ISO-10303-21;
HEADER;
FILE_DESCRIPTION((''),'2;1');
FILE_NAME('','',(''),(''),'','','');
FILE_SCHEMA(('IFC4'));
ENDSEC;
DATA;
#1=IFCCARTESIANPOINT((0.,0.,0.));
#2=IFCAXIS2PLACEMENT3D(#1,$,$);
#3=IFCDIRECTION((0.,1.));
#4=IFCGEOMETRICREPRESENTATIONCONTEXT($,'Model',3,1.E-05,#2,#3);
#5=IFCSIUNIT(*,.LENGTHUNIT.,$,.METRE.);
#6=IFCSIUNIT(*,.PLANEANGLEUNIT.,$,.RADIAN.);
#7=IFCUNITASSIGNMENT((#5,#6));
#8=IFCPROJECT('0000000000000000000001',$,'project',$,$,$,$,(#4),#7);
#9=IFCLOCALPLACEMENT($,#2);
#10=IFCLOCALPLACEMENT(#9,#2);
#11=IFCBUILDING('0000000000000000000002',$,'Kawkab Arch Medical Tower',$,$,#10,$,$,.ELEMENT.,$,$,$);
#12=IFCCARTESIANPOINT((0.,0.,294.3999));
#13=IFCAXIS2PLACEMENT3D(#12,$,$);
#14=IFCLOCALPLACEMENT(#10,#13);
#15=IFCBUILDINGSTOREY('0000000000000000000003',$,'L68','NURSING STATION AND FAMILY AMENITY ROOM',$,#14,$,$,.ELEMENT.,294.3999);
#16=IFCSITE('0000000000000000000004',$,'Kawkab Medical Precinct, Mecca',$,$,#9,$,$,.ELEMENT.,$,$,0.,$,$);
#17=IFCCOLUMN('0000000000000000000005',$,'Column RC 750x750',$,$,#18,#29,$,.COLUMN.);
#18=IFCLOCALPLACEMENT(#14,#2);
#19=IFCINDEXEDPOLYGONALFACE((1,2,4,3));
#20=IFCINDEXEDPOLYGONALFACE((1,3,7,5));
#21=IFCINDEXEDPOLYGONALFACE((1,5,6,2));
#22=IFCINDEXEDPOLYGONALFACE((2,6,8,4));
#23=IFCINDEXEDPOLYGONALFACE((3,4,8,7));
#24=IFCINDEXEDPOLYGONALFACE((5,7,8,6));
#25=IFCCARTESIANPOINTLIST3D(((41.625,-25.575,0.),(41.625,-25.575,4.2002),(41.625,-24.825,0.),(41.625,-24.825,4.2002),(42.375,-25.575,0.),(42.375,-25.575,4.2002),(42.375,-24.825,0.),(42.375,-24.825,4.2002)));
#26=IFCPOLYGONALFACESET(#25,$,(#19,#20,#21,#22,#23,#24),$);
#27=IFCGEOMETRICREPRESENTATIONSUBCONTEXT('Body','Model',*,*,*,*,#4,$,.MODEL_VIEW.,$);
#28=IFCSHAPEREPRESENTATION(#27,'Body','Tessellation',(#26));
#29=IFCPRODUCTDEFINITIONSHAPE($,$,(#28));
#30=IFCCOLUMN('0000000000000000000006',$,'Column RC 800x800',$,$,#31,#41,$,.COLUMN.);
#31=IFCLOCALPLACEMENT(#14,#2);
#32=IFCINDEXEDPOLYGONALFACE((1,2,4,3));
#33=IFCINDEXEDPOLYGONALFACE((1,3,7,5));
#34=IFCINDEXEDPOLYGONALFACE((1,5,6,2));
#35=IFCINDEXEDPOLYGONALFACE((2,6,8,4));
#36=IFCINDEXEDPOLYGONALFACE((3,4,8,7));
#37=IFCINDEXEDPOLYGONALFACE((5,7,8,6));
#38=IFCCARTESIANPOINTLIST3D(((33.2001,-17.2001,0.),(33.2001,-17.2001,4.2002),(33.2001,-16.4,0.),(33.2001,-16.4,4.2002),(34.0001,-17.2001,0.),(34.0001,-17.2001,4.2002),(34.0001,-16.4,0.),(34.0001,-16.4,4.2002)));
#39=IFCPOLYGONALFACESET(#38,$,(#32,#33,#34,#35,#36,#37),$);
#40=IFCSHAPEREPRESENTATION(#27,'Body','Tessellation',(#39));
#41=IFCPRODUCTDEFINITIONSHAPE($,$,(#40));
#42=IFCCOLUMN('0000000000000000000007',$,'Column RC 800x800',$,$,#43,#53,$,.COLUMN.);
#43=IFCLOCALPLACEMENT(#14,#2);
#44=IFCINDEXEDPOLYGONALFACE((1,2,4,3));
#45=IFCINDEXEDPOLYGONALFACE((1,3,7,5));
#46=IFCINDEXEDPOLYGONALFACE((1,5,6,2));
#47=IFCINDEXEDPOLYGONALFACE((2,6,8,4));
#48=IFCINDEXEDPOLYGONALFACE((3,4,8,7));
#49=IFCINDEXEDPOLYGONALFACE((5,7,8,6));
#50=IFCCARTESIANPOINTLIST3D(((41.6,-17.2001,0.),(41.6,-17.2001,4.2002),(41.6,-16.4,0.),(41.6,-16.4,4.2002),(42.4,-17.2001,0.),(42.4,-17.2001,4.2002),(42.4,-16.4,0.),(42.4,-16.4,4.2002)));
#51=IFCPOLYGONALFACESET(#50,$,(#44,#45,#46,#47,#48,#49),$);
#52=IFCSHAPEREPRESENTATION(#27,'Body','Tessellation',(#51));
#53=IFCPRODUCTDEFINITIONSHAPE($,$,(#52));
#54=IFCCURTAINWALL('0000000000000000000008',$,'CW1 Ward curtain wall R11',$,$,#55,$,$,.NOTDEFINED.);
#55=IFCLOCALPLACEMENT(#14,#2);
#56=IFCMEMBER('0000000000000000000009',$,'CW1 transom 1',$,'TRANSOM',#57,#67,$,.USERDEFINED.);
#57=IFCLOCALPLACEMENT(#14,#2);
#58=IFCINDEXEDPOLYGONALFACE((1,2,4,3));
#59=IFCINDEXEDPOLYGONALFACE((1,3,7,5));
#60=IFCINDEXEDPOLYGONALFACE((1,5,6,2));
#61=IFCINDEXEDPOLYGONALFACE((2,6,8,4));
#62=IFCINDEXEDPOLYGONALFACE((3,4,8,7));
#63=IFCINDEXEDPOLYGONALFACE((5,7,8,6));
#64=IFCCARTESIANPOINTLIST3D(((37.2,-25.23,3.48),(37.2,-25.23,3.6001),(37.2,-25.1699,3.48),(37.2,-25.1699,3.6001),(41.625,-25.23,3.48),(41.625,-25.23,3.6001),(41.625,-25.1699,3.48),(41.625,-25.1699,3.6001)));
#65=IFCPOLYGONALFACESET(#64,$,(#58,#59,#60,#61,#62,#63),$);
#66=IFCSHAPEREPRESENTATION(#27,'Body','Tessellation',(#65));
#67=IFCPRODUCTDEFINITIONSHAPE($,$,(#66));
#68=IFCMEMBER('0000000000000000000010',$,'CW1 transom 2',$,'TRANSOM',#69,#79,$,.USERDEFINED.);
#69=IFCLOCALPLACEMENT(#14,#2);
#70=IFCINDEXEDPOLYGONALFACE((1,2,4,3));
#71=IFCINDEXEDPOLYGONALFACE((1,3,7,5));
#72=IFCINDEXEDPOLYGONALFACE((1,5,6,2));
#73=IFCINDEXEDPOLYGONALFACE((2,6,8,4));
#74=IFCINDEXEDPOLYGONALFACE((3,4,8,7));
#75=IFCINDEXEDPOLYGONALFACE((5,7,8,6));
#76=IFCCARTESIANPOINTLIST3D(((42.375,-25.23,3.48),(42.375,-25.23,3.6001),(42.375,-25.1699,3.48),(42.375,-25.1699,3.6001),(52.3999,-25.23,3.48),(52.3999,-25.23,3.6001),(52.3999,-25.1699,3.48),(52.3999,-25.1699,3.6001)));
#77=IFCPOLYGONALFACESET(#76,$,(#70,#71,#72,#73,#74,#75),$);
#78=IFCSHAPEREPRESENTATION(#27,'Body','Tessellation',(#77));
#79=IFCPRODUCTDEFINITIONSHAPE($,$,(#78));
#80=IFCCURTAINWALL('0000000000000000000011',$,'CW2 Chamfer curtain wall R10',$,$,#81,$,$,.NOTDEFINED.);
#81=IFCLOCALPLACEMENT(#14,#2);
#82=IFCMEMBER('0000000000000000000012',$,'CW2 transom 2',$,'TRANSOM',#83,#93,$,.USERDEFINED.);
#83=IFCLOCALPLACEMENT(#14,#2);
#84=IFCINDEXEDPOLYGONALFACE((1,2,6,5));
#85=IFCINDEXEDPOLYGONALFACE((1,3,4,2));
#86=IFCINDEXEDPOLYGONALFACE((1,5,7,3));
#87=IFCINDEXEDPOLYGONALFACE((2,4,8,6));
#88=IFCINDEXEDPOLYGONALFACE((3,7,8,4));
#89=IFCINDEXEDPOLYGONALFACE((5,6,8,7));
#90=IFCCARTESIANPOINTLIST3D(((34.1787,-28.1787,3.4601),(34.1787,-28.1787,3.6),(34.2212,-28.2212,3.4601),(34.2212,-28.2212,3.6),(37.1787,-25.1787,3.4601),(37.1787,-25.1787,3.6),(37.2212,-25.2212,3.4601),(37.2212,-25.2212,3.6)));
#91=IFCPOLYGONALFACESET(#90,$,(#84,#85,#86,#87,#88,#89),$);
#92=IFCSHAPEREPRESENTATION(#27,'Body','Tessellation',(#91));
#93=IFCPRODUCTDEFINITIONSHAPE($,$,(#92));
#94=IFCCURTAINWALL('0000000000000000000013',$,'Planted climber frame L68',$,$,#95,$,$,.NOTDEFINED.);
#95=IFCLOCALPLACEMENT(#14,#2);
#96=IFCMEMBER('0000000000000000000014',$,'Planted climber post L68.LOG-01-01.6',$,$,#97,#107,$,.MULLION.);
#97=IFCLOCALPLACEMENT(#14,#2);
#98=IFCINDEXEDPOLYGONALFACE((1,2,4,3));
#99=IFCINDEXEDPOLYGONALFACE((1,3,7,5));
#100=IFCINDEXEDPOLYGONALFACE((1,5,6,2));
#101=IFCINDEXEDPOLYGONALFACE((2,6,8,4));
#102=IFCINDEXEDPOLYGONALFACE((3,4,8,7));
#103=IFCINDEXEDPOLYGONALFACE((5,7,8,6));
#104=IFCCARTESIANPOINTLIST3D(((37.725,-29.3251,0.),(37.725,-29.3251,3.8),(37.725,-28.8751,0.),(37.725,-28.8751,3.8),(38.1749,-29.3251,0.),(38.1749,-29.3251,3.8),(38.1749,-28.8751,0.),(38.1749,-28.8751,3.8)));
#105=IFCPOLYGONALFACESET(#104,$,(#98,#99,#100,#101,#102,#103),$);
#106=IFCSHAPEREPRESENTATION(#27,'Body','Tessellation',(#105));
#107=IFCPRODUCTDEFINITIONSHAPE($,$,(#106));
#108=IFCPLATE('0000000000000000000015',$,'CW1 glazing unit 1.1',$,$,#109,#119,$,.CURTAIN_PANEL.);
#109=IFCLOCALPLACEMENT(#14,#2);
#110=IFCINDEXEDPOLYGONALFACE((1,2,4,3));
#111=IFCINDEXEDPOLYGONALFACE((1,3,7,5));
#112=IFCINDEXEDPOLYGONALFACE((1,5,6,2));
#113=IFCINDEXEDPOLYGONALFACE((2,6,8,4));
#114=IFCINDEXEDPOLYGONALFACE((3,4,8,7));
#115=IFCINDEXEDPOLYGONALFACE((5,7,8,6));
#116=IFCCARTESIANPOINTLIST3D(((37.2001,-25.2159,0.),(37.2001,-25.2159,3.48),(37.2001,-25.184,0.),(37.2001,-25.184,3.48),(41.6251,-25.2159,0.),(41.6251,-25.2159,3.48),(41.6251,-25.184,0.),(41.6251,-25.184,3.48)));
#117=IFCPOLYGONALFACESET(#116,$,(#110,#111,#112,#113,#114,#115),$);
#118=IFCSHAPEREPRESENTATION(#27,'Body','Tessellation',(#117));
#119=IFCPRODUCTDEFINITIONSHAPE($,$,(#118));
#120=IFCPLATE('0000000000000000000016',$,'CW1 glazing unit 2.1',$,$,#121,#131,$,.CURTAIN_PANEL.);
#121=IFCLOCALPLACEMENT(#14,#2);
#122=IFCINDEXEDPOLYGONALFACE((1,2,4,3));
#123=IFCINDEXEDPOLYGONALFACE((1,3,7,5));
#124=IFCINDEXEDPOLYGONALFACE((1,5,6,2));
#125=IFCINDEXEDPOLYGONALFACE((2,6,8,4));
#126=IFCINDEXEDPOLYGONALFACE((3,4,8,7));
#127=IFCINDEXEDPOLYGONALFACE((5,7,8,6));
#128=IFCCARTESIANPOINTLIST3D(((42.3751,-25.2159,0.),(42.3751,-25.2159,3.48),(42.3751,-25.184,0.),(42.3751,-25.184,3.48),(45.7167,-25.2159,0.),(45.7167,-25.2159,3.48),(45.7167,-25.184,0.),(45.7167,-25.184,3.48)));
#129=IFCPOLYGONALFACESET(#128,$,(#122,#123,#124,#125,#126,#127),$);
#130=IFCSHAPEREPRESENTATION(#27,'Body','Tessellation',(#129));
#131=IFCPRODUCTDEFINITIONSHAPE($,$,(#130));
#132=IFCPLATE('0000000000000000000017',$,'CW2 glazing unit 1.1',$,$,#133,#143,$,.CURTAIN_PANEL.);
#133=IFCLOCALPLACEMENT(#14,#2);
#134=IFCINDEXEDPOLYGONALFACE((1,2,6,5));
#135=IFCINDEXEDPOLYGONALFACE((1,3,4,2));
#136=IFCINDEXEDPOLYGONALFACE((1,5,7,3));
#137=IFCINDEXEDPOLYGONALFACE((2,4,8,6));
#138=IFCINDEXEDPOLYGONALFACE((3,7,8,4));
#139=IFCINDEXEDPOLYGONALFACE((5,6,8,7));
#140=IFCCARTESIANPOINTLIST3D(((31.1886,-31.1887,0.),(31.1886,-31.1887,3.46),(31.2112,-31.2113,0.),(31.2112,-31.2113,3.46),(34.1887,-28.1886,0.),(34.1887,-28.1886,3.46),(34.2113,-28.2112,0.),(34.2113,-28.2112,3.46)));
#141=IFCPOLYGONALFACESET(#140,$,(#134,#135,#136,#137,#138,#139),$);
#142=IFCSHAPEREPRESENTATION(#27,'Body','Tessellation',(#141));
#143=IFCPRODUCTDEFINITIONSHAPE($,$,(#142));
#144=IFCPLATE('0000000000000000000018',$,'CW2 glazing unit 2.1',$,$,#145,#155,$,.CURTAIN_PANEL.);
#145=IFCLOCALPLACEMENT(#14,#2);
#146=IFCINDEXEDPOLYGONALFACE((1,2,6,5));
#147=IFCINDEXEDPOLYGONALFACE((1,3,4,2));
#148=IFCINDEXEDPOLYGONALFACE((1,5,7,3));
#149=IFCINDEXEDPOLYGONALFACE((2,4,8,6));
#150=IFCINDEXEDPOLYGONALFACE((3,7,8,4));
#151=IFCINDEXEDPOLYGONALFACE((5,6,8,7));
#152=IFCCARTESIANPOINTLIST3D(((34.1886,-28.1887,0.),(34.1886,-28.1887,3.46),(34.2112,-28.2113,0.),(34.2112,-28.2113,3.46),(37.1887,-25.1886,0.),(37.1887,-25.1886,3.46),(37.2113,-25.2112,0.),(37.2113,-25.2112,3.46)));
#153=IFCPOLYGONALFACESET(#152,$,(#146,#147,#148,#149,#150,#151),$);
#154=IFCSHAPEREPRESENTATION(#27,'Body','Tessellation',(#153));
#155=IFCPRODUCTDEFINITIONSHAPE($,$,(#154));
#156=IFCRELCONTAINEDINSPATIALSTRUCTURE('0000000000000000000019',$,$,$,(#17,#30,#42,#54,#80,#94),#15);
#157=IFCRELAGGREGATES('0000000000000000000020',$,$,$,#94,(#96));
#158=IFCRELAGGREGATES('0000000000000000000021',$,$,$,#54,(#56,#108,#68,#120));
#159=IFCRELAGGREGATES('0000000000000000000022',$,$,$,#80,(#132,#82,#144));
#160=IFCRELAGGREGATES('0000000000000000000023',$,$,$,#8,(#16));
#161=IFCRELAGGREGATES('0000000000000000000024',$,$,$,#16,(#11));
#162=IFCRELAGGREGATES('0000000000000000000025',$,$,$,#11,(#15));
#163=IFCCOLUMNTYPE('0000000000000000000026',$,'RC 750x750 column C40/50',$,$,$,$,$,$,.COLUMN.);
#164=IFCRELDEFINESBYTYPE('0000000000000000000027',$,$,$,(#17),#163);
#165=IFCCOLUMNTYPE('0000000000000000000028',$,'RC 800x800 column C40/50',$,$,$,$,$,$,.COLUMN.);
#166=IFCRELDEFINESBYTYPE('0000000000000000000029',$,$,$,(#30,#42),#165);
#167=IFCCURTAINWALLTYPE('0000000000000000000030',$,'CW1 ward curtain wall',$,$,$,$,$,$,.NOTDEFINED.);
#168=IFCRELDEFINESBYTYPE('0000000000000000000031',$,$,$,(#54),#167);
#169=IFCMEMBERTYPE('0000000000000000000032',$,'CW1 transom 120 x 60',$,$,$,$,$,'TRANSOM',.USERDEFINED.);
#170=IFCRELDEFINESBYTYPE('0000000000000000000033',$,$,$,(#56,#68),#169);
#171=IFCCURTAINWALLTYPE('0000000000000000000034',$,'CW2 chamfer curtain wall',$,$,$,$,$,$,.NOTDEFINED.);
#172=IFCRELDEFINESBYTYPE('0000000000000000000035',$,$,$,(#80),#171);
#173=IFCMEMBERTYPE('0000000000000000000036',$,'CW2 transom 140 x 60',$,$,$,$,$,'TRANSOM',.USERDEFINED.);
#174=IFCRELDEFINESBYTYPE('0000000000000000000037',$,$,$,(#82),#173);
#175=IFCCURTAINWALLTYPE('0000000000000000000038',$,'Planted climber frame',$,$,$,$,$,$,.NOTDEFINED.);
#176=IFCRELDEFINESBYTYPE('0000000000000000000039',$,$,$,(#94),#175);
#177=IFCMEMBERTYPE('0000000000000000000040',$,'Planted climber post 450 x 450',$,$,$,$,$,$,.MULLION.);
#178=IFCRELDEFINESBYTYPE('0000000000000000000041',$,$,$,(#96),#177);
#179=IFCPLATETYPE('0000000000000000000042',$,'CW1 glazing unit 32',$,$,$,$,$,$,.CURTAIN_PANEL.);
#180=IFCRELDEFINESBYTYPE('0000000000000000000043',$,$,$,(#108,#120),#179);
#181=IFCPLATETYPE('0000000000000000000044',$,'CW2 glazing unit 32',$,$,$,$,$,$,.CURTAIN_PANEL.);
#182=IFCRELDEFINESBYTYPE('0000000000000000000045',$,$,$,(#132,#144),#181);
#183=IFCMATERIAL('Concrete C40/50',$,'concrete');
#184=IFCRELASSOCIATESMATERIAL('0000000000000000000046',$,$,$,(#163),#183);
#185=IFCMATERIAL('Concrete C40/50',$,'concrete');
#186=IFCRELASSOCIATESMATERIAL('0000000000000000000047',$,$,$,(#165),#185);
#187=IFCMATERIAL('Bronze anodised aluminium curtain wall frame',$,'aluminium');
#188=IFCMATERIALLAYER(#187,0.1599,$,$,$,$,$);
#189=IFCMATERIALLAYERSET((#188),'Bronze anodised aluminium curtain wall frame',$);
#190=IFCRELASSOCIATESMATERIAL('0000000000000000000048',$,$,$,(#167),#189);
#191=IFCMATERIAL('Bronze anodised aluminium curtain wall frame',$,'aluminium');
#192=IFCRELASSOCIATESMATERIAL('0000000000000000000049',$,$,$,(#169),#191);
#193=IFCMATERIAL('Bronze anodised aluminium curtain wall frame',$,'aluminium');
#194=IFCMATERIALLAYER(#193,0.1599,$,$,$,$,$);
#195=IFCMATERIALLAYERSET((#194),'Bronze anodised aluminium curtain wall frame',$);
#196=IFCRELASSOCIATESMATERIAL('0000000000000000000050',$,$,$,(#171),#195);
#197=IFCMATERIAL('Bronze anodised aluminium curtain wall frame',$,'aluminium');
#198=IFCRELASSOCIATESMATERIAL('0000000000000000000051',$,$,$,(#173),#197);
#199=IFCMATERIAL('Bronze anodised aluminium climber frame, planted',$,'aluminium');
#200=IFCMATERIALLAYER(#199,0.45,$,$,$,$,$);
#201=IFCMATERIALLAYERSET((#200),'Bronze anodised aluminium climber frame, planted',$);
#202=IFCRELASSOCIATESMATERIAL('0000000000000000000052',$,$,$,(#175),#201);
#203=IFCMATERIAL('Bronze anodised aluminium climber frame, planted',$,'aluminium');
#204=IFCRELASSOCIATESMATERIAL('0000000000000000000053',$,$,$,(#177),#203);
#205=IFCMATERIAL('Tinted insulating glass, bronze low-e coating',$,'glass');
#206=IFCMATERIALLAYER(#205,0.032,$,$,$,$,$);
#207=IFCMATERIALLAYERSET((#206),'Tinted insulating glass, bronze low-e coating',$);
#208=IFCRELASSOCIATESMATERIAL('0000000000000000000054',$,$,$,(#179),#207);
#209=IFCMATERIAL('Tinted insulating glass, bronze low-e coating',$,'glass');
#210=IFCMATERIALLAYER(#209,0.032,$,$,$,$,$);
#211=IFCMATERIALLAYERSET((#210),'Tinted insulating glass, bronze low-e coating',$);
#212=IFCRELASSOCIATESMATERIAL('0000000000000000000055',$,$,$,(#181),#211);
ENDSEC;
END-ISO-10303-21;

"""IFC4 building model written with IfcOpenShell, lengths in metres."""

from ifc_helpers import new_model, si_unit, direction, frame, origin, origin_2d, place, context, subcontext, project, spatial, rectangle, extrude, material, layer, layer_set, material_profile, profile_set, type_object, element, aggregate, save


model = new_model("IFC4")

# Units and contexts
model_context = context("Model", 3, precision=1e-05, world=origin(), true_north=direction((0.0, 1.0)))
body_context = subcontext(model_context, "Body", "Model", "MODEL_VIEW")
ifc_project = project(units=[si_unit("LENGTHUNIT", "METRE"), si_unit("PLANEANGLEUNIT", "RADIAN")], contexts=[model_context])

# Site, building, storey
site_placement = place(None, origin())
site = spatial("IfcSite", under=ifc_project, at=site_placement, Name="Kawkab Medical Precinct, Mecca", CompositionType="ELEMENT", RefElevation=0.0)
building_placement = place(site_placement, origin())
building = spatial("IfcBuilding", under=site, at=building_placement, Name="Kawkab Arch Medical Tower", CompositionType="ELEMENT")
storey_placement = place(building_placement, frame((0.0, 0.0, 294.3999)))
storey = spatial("IfcBuildingStorey", under=building, at=storey_placement, Name="L68", Description="NURSING STATION AND FAMILY AMENITY ROOM", CompositionType="ELEMENT", Elevation=294.3999)

# Columns
ifc_material_1 = material(Name="Concrete C40/50", Category="concrete")
ifc_material_profile_1 = material_profile(ifc_material_1, rectangle(XDim=0.75, YDim=0.75, at=origin_2d()), Name="RC 750x750")
ifc_profile_set_1 = profile_set([ifc_material_profile_1], Name="Concrete C40/50")
column_type_1 = type_object("IfcColumnType", Name="RC 750x750 column C40/50", PredefinedType="COLUMN", material=ifc_profile_set_1)
column_placement = place(storey_placement, frame((42.0, -25.2, 0.0), z_axis=(0.0, 0.0, 1.0), x_axis=(1.0, 0.0, 0.0)))
element("IfcColumn", 1, at=column_placement, inside=storey, type_object=column_type_1, Name="Column RC 750x750", PredefinedType="COLUMN", context=body_context, shape_type="SweptSolid", body=[
    extrude(rectangle(XDim=0.75, YDim=0.75, at=origin_2d()), origin(), (0.0, 0.0, 1.0), 4.2002),
])
ifc_material_2 = material(Name="Concrete C40/50", Category="concrete")
ifc_material_profile_2 = material_profile(ifc_material_2, rectangle(XDim=0.8, YDim=0.8, at=origin_2d()), Name="RC 800x800")
ifc_profile_set_2 = profile_set([ifc_material_profile_2], Name="Concrete C40/50")
column_type_2 = type_object("IfcColumnType", Name="RC 800x800 column C40/50", PredefinedType="COLUMN", material=ifc_profile_set_2)
for number, where, z_axis, x_axis, name in (
    (2, (33.6001, -16.8, 0.0), (0.0, 0.0, 1.0), (1.0, 0.0, 0.0), "Column RC 800x800"),
    (3, (42.0, -16.8, 0.0), (0.0, 0.0, 1.0), (1.0, 0.0, 0.0), "Column RC 800x800"),
):
    element("IfcColumn", number, at=place(storey_placement, frame(where, z_axis=z_axis, x_axis=x_axis)), inside=storey, type_object=column_type_2, Name=name, PredefinedType="COLUMN", context=body_context, shape_type="SweptSolid", body=[
        extrude(rectangle(XDim=0.8, YDim=0.8, at=origin_2d()), origin(), (0.0, 0.0, 1.0), 4.2002),
    ])

# Curtain wall, members
ifc_material_3 = material(Name="Bronze anodised aluminium curtain wall frame", Category="aluminium")
ifc_layer_1 = layer(ifc_material_3, 0.1599)
ifc_layer_set_1 = layer_set([ifc_layer_1], Name="Bronze anodised aluminium curtain wall frame")
curtain_wall_type_1 = type_object("IfcCurtainWallType", Name="CW1 ward curtain wall", PredefinedType="NOTDEFINED", material=ifc_layer_set_1)
placement = place(storey_placement, origin())
curtain_wall_1 = element("IfcCurtainWall", 4, at=placement, inside=storey, type_object=curtain_wall_type_1, Name="CW1 Ward curtain wall R11", PredefinedType="NOTDEFINED")
ifc_material_4 = material(Name="Bronze anodised aluminium curtain wall frame", Category="aluminium")
ifc_material_profile_3 = material_profile(ifc_material_4, rectangle(XDim=0.0601, YDim=0.1201, at=origin_2d()), Name="AL 60x120")
ifc_profile_set_3 = profile_set([ifc_material_profile_3], Name="Bronze anodised aluminium curtain wall frame")
member_type_1 = type_object("IfcMemberType", Name="CW1 transom 120 x 60", ElementType="TRANSOM", PredefinedType="USERDEFINED", material=ifc_profile_set_3)
member_1_placement = place(storey_placement, frame((37.2, -25.2, 3.54), z_axis=(1.0, 0.0, 0.0), x_axis=(0.0, 1.0, 0.0)))
member_1 = element("IfcMember", 5, at=member_1_placement, type_object=member_type_1, Name="CW1 transom 1", ObjectType="TRANSOM", PredefinedType="USERDEFINED", context=body_context, shape_type="SweptSolid", body=[
    extrude(rectangle(XDim=0.0601, YDim=0.1201, at=origin_2d()), origin(), (0.0, 0.0, 1.0), 4.425),
])
member_2_placement = place(storey_placement, frame((42.375, -25.2, 3.54), z_axis=(1.0, 0.0, 0.0), x_axis=(0.0, 1.0, 0.0)))
member_2 = element("IfcMember", 6, at=member_2_placement, type_object=member_type_1, Name="CW1 transom 2", ObjectType="TRANSOM", PredefinedType="USERDEFINED", context=body_context, shape_type="SweptSolid", body=[
    extrude(rectangle(XDim=0.0601, YDim=0.1201, at=origin_2d()), origin(), (0.0, 0.0, 1.0), 10.0249),
])

# Curtain walls, members
ifc_material_5 = material(Name="Bronze anodised aluminium curtain wall frame", Category="aluminium")
ifc_layer_2 = layer(ifc_material_5, 0.1599)
ifc_layer_set_2 = layer_set([ifc_layer_2], Name="Bronze anodised aluminium curtain wall frame")
curtain_wall_type_2 = type_object("IfcCurtainWallType", Name="CW2 chamfer curtain wall", PredefinedType="NOTDEFINED", material=ifc_layer_set_2)
curtain_wall_2 = element("IfcCurtainWall", 7, at=placement, inside=storey, type_object=curtain_wall_type_2, Name="CW2 Chamfer curtain wall R10", PredefinedType="NOTDEFINED")
ifc_material_6 = material(Name="Bronze anodised aluminium curtain wall frame", Category="aluminium")
ifc_material_profile_4 = material_profile(ifc_material_6, rectangle(XDim=0.0601, YDim=0.1399, at=origin_2d()), Name="AL 60x140")
ifc_profile_set_4 = profile_set([ifc_material_profile_4], Name="Bronze anodised aluminium curtain wall frame")
member_type_2 = type_object("IfcMemberType", Name="CW2 transom 140 x 60", ElementType="TRANSOM", PredefinedType="USERDEFINED", material=ifc_profile_set_4)
member_3_placement = place(storey_placement, frame((34.2, -28.2, 3.53), z_axis=(0.707107, 0.707107, 0.0), x_axis=(-0.707107, 0.707107, 0.0)))
member_3 = element("IfcMember", 8, at=member_3_placement, type_object=member_type_2, Name="CW2 transom 2", ObjectType="TRANSOM", PredefinedType="USERDEFINED", context=body_context, shape_type="SweptSolid", body=[
    extrude(rectangle(XDim=0.0601, YDim=0.1399, at=origin_2d()), origin(), (0.0, 0.0, 1.0), 4.2427),
])
ifc_material_7 = material(Name="Bronze anodised aluminium climber frame, planted", Category="aluminium")
ifc_layer_3 = layer(ifc_material_7, 0.45)
ifc_layer_set_3 = layer_set([ifc_layer_3], Name="Bronze anodised aluminium climber frame, planted")
curtain_wall_type_3 = type_object("IfcCurtainWallType", Name="Planted climber frame", PredefinedType="NOTDEFINED", material=ifc_layer_set_3)
curtain_wall_3 = element("IfcCurtainWall", 9, at=placement, inside=storey, type_object=curtain_wall_type_3, Name="Planted climber frame L68", PredefinedType="NOTDEFINED")
ifc_material_8 = material(Name="Bronze anodised aluminium climber frame, planted", Category="aluminium")
ifc_material_profile_5 = material_profile(ifc_material_8, rectangle(XDim=0.45, YDim=0.45, at=origin_2d()), Name="Post 450x450")
ifc_profile_set_5 = profile_set([ifc_material_profile_5], Name="Bronze anodised aluminium climber frame, planted")
member_type_3 = type_object("IfcMemberType", Name="Planted climber post 450 x 450", PredefinedType="MULLION", material=ifc_profile_set_5)
member_4_placement = place(storey_placement, frame((37.95, -29.1001, 0.0), z_axis=(0.0, 0.0, 1.0), x_axis=(1.0, 0.0, 0.0)))
member_4 = element("IfcMember", 10, at=member_4_placement, type_object=member_type_3, Name="Planted climber post L68.LOG-01-01.6", PredefinedType="MULLION", context=body_context, shape_type="SweptSolid", body=[
    extrude(rectangle(XDim=0.45, YDim=0.45, at=origin_2d()), origin(), (0.0, 0.0, 1.0), 3.8),
])
aggregate(curtain_wall_3, [member_4])

# Plates
ifc_material_9 = material(Name="Tinted insulating glass, bronze low-e coating", Category="glass")
ifc_layer_4 = layer(ifc_material_9, 0.032)
ifc_layer_set_4 = layer_set([ifc_layer_4], Name="Tinted insulating glass, bronze low-e coating")
plate_type_1 = type_object("IfcPlateType", Name="CW1 glazing unit 32", PredefinedType="CURTAIN_PANEL", material=ifc_layer_set_4)
plate_1_placement = place(storey_placement, frame((39.4126, -25.2, 0.0), z_axis=(0.0, 0.0, 1.0), x_axis=(1.0, 0.0, 0.0)))
plate_1 = element("IfcPlate", 11, at=plate_1_placement, type_object=plate_type_1, Name="CW1 glazing unit 1.1", PredefinedType="CURTAIN_PANEL", context=body_context, shape_type="SweptSolid", body=[
    extrude(rectangle(XDim=4.425, YDim=0.032, at=origin_2d()), origin(), (0.0, 0.0, 1.0), 3.48),
])
plate_2_placement = place(storey_placement, frame((44.0459, -25.2, 0.0), z_axis=(0.0, 0.0, 1.0), x_axis=(1.0, 0.0, 0.0)))
plate_2 = element("IfcPlate", 12, at=plate_2_placement, type_object=plate_type_1, Name="CW1 glazing unit 2.1", PredefinedType="CURTAIN_PANEL", context=body_context, shape_type="SweptSolid", body=[
    extrude(rectangle(XDim=3.3416, YDim=0.032, at=origin_2d()), origin(), (0.0, 0.0, 1.0), 3.48),
])
aggregate(curtain_wall_1, [member_1, plate_1, member_2, plate_2])
ifc_material_10 = material(Name="Tinted insulating glass, bronze low-e coating", Category="glass")
ifc_layer_5 = layer(ifc_material_10, 0.032)
ifc_layer_set_5 = layer_set([ifc_layer_5], Name="Tinted insulating glass, bronze low-e coating")
plate_type_2 = type_object("IfcPlateType", Name="CW2 glazing unit 32", PredefinedType="CURTAIN_PANEL", material=ifc_layer_set_5)
plate_3_placement = place(storey_placement, frame((32.7, -29.7, 0.0), z_axis=(0.0, 0.0, 1.0), x_axis=(0.707107, 0.707107, 0.0)))
plate_3 = element("IfcPlate", 13, at=plate_3_placement, type_object=plate_type_2, Name="CW2 glazing unit 1.1", PredefinedType="CURTAIN_PANEL", context=body_context, shape_type="SweptSolid", body=[
    extrude(rectangle(XDim=4.2427, YDim=0.032, at=origin_2d()), origin(), (0.0, 0.0, 1.0), 3.46),
])
plate_4_placement = place(storey_placement, frame((35.7, -26.7, 0.0), z_axis=(0.0, 0.0, 1.0), x_axis=(0.707107, 0.707107, 0.0)))
plate_4 = element("IfcPlate", 14, at=plate_4_placement, type_object=plate_type_2, Name="CW2 glazing unit 2.1", PredefinedType="CURTAIN_PANEL", context=body_context, shape_type="SweptSolid", body=[
    extrude(rectangle(XDim=4.2427, YDim=0.032, at=origin_2d()), origin(), (0.0, 0.0, 1.0), 3.46),
])
aggregate(curtain_wall_2, [plate_3, member_3, plate_4])

save(model, "model.ifc")
